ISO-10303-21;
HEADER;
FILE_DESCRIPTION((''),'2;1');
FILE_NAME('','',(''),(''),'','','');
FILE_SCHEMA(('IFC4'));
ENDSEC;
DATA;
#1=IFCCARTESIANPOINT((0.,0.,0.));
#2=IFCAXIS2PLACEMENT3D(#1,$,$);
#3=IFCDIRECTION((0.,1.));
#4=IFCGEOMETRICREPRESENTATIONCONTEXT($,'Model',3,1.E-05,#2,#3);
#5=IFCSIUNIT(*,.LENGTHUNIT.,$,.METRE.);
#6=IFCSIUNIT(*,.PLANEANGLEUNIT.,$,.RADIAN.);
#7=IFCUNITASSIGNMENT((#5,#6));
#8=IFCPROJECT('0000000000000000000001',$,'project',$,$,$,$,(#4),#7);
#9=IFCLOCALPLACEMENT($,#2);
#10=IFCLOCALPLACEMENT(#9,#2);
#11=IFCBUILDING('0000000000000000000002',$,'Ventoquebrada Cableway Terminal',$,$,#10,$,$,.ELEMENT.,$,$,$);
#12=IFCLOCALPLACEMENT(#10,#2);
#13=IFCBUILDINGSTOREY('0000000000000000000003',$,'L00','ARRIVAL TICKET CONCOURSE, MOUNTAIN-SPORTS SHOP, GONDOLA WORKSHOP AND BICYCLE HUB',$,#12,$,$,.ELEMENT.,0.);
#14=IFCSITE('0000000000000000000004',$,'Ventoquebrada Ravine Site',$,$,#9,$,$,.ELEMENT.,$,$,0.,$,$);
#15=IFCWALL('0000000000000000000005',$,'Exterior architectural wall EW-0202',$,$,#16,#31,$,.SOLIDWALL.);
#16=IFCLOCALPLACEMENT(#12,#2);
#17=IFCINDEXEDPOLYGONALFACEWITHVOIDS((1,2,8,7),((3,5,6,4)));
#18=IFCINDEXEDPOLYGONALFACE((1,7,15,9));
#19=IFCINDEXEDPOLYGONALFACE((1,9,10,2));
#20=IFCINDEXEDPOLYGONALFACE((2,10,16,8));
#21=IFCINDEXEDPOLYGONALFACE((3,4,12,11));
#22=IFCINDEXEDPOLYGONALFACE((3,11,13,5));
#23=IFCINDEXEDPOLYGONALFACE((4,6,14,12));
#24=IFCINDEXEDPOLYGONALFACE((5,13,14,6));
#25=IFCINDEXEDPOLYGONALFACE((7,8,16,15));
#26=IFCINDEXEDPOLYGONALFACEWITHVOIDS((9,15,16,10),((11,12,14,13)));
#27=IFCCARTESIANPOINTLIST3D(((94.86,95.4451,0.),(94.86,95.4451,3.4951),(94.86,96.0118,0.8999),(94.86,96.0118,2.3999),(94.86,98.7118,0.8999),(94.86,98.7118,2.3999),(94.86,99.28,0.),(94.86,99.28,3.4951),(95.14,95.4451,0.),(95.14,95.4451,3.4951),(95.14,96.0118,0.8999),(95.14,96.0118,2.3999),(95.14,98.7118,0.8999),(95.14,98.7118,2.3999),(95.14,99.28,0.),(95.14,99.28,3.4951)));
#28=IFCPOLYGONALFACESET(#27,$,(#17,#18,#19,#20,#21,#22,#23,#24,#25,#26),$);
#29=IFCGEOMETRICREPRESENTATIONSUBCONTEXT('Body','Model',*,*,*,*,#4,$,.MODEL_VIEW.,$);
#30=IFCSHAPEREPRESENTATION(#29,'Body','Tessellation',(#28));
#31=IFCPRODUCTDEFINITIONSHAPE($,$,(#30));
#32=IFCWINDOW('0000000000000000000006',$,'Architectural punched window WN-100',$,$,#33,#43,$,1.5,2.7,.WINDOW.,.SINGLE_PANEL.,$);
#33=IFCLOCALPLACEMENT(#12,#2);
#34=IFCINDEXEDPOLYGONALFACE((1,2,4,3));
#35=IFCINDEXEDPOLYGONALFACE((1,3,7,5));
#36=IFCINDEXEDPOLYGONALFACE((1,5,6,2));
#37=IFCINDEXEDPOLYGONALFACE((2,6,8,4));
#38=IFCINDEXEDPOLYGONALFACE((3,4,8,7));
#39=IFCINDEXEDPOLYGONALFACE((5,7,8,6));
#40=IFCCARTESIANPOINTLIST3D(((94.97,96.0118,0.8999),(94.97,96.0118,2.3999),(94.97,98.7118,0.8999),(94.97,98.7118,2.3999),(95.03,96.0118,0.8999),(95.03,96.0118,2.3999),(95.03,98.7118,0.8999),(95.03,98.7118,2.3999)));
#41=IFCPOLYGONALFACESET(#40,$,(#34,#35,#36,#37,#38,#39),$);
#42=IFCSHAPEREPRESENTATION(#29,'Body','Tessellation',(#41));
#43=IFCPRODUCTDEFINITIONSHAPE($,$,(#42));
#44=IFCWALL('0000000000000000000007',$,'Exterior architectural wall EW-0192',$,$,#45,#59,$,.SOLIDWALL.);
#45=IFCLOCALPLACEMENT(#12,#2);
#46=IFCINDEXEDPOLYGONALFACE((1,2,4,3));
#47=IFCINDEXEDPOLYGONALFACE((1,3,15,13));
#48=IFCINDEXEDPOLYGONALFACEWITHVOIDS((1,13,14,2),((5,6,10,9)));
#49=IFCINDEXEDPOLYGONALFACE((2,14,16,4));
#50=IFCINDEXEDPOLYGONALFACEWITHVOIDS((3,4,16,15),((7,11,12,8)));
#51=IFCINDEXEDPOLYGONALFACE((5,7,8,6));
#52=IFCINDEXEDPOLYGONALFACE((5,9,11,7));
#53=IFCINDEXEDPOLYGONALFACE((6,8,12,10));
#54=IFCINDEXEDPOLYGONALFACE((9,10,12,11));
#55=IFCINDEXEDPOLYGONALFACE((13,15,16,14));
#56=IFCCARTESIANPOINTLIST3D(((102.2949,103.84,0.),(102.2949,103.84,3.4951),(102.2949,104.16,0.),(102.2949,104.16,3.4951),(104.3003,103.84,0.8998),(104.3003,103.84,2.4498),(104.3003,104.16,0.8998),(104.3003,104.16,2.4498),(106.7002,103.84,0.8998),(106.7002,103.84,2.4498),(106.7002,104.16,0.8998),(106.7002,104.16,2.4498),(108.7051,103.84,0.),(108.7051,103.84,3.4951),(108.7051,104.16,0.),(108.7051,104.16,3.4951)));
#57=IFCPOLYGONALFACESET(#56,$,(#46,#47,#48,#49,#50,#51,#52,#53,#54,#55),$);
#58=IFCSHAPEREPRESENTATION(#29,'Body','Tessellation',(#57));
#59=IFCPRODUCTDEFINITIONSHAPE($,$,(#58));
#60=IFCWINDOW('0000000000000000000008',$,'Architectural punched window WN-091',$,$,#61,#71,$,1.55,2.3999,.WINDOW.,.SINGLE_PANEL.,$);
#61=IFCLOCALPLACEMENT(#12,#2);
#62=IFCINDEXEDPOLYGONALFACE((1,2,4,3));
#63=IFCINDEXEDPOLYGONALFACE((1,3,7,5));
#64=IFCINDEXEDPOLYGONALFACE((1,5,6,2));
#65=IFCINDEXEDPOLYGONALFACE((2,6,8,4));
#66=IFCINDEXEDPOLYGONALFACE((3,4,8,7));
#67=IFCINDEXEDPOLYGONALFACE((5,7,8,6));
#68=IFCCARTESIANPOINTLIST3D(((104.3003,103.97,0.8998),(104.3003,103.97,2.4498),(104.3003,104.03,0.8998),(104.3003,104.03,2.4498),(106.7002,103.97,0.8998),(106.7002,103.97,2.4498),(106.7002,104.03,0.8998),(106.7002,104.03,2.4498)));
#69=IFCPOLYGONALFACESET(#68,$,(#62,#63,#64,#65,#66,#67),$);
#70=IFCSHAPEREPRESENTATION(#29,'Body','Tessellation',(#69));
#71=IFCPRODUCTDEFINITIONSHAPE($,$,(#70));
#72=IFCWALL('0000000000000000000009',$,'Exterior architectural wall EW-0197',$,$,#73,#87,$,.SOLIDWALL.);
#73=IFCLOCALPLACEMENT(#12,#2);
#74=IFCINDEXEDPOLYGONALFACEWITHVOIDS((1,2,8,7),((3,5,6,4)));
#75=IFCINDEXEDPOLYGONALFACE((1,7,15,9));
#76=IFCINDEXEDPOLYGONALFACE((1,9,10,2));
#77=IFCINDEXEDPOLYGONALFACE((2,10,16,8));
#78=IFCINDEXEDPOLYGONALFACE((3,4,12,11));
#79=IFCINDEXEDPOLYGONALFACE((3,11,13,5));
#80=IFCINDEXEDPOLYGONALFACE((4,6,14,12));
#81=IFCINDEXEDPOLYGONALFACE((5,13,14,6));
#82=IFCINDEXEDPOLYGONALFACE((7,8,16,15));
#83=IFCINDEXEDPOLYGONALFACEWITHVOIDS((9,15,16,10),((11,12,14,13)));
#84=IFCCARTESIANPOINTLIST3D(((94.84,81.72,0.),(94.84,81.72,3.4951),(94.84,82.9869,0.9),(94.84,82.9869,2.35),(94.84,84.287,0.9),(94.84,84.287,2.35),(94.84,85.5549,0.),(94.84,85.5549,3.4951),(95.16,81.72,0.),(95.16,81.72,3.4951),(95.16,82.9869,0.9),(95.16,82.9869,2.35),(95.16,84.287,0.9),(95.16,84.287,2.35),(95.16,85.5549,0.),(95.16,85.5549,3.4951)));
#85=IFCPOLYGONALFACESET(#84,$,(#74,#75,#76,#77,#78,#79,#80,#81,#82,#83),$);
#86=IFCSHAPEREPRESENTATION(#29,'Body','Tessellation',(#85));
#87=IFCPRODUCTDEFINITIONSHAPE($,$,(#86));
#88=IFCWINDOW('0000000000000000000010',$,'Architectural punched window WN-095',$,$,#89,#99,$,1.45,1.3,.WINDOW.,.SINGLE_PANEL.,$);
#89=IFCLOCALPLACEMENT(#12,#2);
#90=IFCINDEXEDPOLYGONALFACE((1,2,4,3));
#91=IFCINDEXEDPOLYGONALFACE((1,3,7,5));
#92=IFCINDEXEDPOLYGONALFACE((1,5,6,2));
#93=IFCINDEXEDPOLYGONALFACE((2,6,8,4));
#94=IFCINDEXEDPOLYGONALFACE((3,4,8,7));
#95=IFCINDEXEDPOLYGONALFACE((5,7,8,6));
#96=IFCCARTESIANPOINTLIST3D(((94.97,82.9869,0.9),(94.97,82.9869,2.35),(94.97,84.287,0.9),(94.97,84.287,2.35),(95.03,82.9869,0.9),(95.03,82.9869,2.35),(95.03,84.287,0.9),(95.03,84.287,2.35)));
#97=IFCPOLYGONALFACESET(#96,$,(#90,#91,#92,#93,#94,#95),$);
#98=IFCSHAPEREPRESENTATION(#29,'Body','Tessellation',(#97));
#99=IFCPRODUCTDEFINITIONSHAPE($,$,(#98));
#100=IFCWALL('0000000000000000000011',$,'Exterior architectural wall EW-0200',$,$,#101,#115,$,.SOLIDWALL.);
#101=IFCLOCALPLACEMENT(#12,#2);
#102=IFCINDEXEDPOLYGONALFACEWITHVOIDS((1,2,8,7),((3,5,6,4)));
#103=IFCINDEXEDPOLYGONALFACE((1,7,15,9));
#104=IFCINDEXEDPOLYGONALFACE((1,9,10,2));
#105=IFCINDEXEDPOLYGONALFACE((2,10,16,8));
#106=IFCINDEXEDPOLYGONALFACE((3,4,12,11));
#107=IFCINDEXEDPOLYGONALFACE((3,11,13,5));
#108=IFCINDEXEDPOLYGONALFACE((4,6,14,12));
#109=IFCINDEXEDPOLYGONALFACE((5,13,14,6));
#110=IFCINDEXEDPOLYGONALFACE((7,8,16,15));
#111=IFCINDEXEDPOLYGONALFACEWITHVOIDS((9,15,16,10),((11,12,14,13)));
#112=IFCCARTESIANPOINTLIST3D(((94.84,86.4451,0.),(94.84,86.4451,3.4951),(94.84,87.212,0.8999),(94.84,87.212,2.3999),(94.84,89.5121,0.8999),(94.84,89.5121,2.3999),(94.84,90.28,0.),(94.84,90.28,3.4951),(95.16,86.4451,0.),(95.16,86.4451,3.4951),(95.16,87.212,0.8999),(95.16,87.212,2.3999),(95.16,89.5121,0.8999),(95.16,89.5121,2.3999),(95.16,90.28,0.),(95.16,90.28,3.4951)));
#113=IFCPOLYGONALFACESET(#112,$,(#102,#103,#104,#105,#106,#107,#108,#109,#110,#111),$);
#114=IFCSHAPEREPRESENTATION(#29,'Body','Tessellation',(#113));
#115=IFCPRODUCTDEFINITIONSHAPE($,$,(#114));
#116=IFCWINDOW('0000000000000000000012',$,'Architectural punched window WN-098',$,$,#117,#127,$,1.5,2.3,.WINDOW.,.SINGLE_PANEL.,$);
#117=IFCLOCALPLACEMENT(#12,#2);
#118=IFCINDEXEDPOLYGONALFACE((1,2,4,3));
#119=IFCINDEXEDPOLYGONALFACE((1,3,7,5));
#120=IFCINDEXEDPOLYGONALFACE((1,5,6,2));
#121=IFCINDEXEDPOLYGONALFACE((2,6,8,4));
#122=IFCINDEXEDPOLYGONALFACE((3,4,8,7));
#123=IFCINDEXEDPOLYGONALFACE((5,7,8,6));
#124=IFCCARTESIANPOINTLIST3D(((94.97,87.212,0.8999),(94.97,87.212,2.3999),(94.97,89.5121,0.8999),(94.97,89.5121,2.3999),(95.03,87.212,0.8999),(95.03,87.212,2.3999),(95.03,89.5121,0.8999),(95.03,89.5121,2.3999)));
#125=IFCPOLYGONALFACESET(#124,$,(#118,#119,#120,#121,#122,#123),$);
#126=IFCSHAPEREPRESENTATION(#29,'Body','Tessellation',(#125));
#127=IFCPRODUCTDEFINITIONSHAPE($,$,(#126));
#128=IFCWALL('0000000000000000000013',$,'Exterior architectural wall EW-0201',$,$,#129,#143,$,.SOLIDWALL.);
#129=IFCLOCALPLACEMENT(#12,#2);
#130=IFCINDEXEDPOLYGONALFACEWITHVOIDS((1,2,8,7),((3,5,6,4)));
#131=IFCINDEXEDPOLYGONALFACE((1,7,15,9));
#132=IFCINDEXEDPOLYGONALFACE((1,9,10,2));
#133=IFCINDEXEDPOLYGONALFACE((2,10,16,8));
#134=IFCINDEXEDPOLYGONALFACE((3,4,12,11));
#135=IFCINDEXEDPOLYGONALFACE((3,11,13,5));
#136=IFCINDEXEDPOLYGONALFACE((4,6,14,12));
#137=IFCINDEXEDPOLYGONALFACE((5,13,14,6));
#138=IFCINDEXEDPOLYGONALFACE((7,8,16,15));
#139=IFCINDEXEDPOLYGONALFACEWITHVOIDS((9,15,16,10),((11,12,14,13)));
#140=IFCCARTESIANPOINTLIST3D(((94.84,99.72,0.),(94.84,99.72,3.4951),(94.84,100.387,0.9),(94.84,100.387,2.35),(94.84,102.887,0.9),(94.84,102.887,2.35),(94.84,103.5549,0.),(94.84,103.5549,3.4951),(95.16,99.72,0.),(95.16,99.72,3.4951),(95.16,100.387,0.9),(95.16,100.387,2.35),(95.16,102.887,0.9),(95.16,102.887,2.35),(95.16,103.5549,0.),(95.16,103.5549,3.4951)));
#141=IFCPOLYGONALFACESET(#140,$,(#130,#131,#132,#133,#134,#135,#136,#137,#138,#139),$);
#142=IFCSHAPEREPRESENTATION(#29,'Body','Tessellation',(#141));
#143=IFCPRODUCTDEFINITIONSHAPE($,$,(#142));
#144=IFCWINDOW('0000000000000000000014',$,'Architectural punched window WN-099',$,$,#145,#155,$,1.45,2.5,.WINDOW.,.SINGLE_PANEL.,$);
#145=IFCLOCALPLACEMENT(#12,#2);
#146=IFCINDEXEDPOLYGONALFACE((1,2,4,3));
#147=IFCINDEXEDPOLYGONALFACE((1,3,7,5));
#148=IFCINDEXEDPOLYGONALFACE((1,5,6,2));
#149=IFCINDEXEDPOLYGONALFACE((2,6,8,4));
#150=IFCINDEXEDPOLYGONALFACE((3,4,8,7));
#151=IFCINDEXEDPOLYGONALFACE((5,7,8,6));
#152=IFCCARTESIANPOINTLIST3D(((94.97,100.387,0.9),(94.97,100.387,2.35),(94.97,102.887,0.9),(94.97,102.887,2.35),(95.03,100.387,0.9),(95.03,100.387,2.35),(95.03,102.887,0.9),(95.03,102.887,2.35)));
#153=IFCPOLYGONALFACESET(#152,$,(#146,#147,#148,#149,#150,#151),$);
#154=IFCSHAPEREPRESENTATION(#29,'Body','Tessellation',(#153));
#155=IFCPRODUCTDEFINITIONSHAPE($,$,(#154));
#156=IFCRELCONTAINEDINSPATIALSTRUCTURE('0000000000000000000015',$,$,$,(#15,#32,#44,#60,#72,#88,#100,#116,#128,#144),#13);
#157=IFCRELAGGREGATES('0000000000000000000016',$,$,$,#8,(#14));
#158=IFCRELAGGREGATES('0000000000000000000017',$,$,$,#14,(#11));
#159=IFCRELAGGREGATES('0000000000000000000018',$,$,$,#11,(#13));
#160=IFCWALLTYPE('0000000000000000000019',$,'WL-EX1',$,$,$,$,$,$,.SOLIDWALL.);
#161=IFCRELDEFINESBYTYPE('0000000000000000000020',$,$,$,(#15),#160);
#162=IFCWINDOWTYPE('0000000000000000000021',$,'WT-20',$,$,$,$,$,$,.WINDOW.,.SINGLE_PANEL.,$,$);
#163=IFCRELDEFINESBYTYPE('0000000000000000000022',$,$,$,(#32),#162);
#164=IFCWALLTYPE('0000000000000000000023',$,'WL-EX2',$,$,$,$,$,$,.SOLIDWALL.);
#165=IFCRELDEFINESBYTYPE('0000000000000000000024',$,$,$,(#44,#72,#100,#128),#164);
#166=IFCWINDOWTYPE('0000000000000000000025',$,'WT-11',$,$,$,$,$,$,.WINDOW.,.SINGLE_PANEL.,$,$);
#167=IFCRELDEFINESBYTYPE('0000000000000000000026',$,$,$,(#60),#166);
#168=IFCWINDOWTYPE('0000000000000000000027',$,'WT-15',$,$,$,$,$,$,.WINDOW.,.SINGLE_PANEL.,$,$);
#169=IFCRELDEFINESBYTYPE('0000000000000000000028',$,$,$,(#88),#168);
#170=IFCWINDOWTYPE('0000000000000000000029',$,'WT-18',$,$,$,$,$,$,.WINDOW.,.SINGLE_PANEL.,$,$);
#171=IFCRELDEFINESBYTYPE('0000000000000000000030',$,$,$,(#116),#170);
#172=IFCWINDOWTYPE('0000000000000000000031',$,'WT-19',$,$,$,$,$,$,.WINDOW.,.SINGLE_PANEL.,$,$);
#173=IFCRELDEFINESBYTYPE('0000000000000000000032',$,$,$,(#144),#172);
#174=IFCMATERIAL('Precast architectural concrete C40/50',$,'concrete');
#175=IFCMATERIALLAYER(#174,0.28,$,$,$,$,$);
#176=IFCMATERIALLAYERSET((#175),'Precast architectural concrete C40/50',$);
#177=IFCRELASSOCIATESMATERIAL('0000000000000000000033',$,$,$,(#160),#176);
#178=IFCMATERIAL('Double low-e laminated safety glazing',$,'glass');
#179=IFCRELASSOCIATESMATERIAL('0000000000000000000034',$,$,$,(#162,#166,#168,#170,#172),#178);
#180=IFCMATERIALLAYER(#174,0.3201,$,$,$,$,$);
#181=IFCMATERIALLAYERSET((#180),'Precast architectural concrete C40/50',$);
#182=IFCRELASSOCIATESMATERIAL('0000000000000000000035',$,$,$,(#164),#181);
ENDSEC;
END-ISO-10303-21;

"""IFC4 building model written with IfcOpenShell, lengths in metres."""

from ifc_helpers import new_model, si_unit, direction, frame, frame_2d, origin, place, context, subcontext, project, spatial, rectangle, extrude, material, layer, layer_set, type_object, element, fill, save


model = new_model("IFC4")

# Units and contexts
model_context = context("Model", 3, precision=1e-05, world=origin(), true_north=direction((0.0, 1.0)))
body_context = subcontext(model_context, "Body", "Model", "MODEL_VIEW")
ifc_project = project(units=[si_unit("LENGTHUNIT", "METRE"), si_unit("PLANEANGLEUNIT", "RADIAN")], contexts=[model_context])

# Site, building, storey
site_placement = place(None, origin())
site = spatial("IfcSite", under=ifc_project, at=site_placement, Name="Ventoquebrada Ravine Site", CompositionType="ELEMENT", RefElevation=0.0)
building_placement = place(site_placement, origin())
building = spatial("IfcBuilding", under=site, at=building_placement, Name="Ventoquebrada Cableway Terminal", CompositionType="ELEMENT")
storey_placement = place(building_placement, origin())
storey = spatial("IfcBuildingStorey", under=building, at=storey_placement, Name="L00", Description="ARRIVAL TICKET CONCOURSE, MOUNTAIN-SPORTS SHOP, GONDOLA WORKSHOP AND BICYCLE HUB", CompositionType="ELEMENT", Elevation=0.0)

# Shared definitions
ifc_material_1 = material(Name="Precast architectural concrete C40/50", Category="concrete")
ifc_layer_1 = layer(ifc_material_1, 0.28)
ifc_layer_set_1 = layer_set([ifc_layer_1], Name="Precast architectural concrete C40/50")
wall_type_1 = type_object("IfcWallType", Name="WL-EX1", PredefinedType="SOLIDWALL", material=ifc_layer_set_1)

# Walls, openings, windows
ifc_material_2 = material(Name="Double low-e laminated safety glazing", Category="glass")
wall_1_placement = place(storey_placement, frame((95.0, 99.28, 0.0), z_axis=(0.0, 0.0, 1.0), x_axis=(0.0, -1.0, 0.0)))
wall_1 = element("IfcWall", 1, at=wall_1_placement, inside=storey, type_object=wall_type_1, Name="Exterior architectural wall EW-0202", PredefinedType="SOLIDWALL", context=body_context, shape_type="SweptSolid", body=[
    extrude(rectangle(XDim=3.835, YDim=0.28, at=frame_2d((1.9175, 0.0))), origin(), (0.0, 0.0, 1.0), 3.4951),
])
opening_1_placement = place(wall_1_placement, frame((0.5681, 0.0, 0.8999)))
opening_1 = element("IfcOpeningElement", 2, at=opening_1_placement, cuts=wall_1, PredefinedType="OPENING", context=body_context, shape_type="SweptSolid", body=[
    extrude(rectangle(XDim=2.7, YDim=1.5, at=frame_2d((1.3501, 0.75))), frame((0.0, 0.1499, 0.0), z_axis=(0.0, -1.0, 0.0), x_axis=(1.0, 0.0, 0.0)), (0.0, 0.0, 1.0), 0.3),
])
window_type_1 = type_object("IfcWindowType", Name="WT-20", PartitioningType="SINGLE_PANEL", PredefinedType="WINDOW", material=ifc_material_2)
window_1_placement = place(opening_1_placement, origin())
window_1 = element("IfcWindow", 3, at=window_1_placement, inside=storey, type_object=window_type_1, Name="Architectural punched window WN-100", OverallHeight=1.5, OverallWidth=2.7, PartitioningType="SINGLE_PANEL", PredefinedType="WINDOW", context=body_context, shape_type="SweptSolid", body=[
    extrude(rectangle(XDim=2.7, YDim=1.5, at=frame_2d((1.3501, 0.75))), frame((0.0, 0.03, 0.0), z_axis=(0.0, -1.0, 0.0), x_axis=(1.0, 0.0, 0.0)), (0.0, 0.0, 1.0), 0.0601),
])
fill(opening_1, window_1)
ifc_layer_2 = layer(ifc_material_1, 0.3201)
ifc_layer_set_2 = layer_set([ifc_layer_2], Name="Precast architectural concrete C40/50")
wall_type_2 = type_object("IfcWallType", Name="WL-EX2", PredefinedType="SOLIDWALL", material=ifc_layer_set_2)
wall_2_placement = place(storey_placement, frame((108.7051, 104.0, 0.0), z_axis=(0.0, 0.0, 1.0), x_axis=(-1.0, 0.0, 0.0)))
wall_2 = element("IfcWall", 4, at=wall_2_placement, inside=storey, type_object=wall_type_2, Name="Exterior architectural wall EW-0192", PredefinedType="SOLIDWALL", context=body_context, shape_type="SweptSolid", body=[
    extrude(rectangle(XDim=6.4102, YDim=0.3201, at=frame_2d((3.2051, 0.0))), origin(), (0.0, 0.0, 1.0), 3.4951),
])
opening_2_placement = place(wall_2_placement, frame((2.0049, 0.0, 0.8999)))
opening_2 = element("IfcOpeningElement", 5, at=opening_2_placement, cuts=wall_2, PredefinedType="OPENING", context=body_context, shape_type="SweptSolid", body=[
    extrude(rectangle(XDim=2.3999, YDim=1.55, at=frame_2d((1.2, 0.7749))), frame((0.0, 0.1699, 0.0), z_axis=(0.0, -1.0, 0.0), x_axis=(1.0, 0.0, 0.0)), (0.0, 0.0, 1.0), 0.3401),
])
window_type_2 = type_object("IfcWindowType", Name="WT-11", PartitioningType="SINGLE_PANEL", PredefinedType="WINDOW", material=ifc_material_2)
window_2_placement = place(opening_2_placement, origin())
window_2 = element("IfcWindow", 6, at=window_2_placement, inside=storey, type_object=window_type_2, Name="Architectural punched window WN-091", OverallHeight=1.55, OverallWidth=2.3999, PartitioningType="SINGLE_PANEL", PredefinedType="WINDOW", context=body_context, shape_type="SweptSolid", body=[
    extrude(rectangle(XDim=2.3999, YDim=1.55, at=frame_2d((1.2, 0.7749))), frame((0.0, 0.03, 0.0), z_axis=(0.0, -1.0, 0.0), x_axis=(1.0, 0.0, 0.0)), (0.0, 0.0, 1.0), 0.0601),
])
fill(opening_2, window_2)
wall_3_placement = place(storey_placement, frame((95.0, 85.5549, 0.0), z_axis=(0.0, 0.0, 1.0), x_axis=(0.0, -1.0, 0.0)))
wall_3 = element("IfcWall", 7, at=wall_3_placement, inside=storey, type_object=wall_type_2, Name="Exterior architectural wall EW-0197", PredefinedType="SOLIDWALL", context=body_context, shape_type="SweptSolid", body=[
    extrude(rectangle(XDim=3.835, YDim=0.3201, at=frame_2d((1.9175, 0.0))), origin(), (0.0, 0.0, 1.0), 3.4951),
])
opening_3_placement = place(wall_3_placement, frame((1.2681, 0.0, 0.8999)))
opening_3 = element("IfcOpeningElement", 8, at=opening_3_placement, cuts=wall_3, PredefinedType="OPENING", context=body_context, shape_type="SweptSolid", body=[
    extrude(rectangle(XDim=1.3, YDim=1.45, at=frame_2d((0.6499, 0.7251))), frame((0.0, 0.1699, 0.0), z_axis=(0.0, -1.0, 0.0), x_axis=(1.0, 0.0, 0.0)), (0.0, 0.0, 1.0), 0.3401),
])
window_type_3 = type_object("IfcWindowType", Name="WT-15", PartitioningType="SINGLE_PANEL", PredefinedType="WINDOW", material=ifc_material_2)
window_3_placement = place(opening_3_placement, origin())
window_3 = element("IfcWindow", 9, at=window_3_placement, inside=storey, type_object=window_type_3, Name="Architectural punched window WN-095", OverallHeight=1.45, OverallWidth=1.3, PartitioningType="SINGLE_PANEL", PredefinedType="WINDOW", context=body_context, shape_type="SweptSolid", body=[
    extrude(rectangle(XDim=1.3, YDim=1.45, at=frame_2d((0.6499, 0.7251))), frame((0.0, 0.03, 0.0), z_axis=(0.0, -1.0, 0.0), x_axis=(1.0, 0.0, 0.0)), (0.0, 0.0, 1.0), 0.0601),
])
fill(opening_3, window_3)
wall_4_placement = place(storey_placement, frame((95.0, 90.28, 0.0), z_axis=(0.0, 0.0, 1.0), x_axis=(0.0, -1.0, 0.0)))
wall_4 = element("IfcWall", 10, at=wall_4_placement, inside=storey, type_object=wall_type_2, Name="Exterior architectural wall EW-0200", PredefinedType="SOLIDWALL", context=body_context, shape_type="SweptSolid", body=[
    extrude(rectangle(XDim=3.835, YDim=0.3201, at=frame_2d((1.9175, 0.0))), origin(), (0.0, 0.0, 1.0), 3.4951),
])
opening_4_placement = place(wall_4_placement, frame((0.7681, 0.0, 0.8999)))
opening_4 = element("IfcOpeningElement", 11, at=opening_4_placement, cuts=wall_4, PredefinedType="OPENING", context=body_context, shape_type="SweptSolid", body=[
    extrude(rectangle(XDim=2.3, YDim=1.5, at=frame_2d((1.1499, 0.75))), frame((0.0, 0.1699, 0.0), z_axis=(0.0, -1.0, 0.0), x_axis=(1.0, 0.0, 0.0)), (0.0, 0.0, 1.0), 0.3401),
])
window_type_4 = type_object("IfcWindowType", Name="WT-18", PartitioningType="SINGLE_PANEL", PredefinedType="WINDOW", material=ifc_material_2)
window_4_placement = place(opening_4_placement, origin())
window_4 = element("IfcWindow", 12, at=window_4_placement, inside=storey, type_object=window_type_4, Name="Architectural punched window WN-098", OverallHeight=1.5, OverallWidth=2.3, PartitioningType="SINGLE_PANEL", PredefinedType="WINDOW", context=body_context, shape_type="SweptSolid", body=[
    extrude(rectangle(XDim=2.3, YDim=1.5, at=frame_2d((1.1499, 0.75))), frame((0.0, 0.03, 0.0), z_axis=(0.0, -1.0, 0.0), x_axis=(1.0, 0.0, 0.0)), (0.0, 0.0, 1.0), 0.0601),
])
fill(opening_4, window_4)
wall_5_placement = place(storey_placement, frame((95.0, 103.5549, 0.0), z_axis=(0.0, 0.0, 1.0), x_axis=(0.0, -1.0, 0.0)))
wall_5 = element("IfcWall", 13, at=wall_5_placement, inside=storey, type_object=wall_type_2, Name="Exterior architectural wall EW-0201", PredefinedType="SOLIDWALL", context=body_context, shape_type="SweptSolid", body=[
    extrude(rectangle(XDim=3.835, YDim=0.3201, at=frame_2d((1.9175, 0.0))), origin(), (0.0, 0.0, 1.0), 3.4951),
])
opening_5_placement = place(wall_5_placement, frame((0.668, 0.0, 0.8999)))
opening_5 = element("IfcOpeningElement", 14, at=opening_5_placement, cuts=wall_5, PredefinedType="OPENING", context=body_context, shape_type="SweptSolid", body=[
    extrude(rectangle(XDim=2.5, YDim=1.45, at=frame_2d((1.25, 0.7251))), frame((0.0, 0.1699, 0.0), z_axis=(0.0, -1.0, 0.0), x_axis=(1.0, 0.0, 0.0)), (0.0, 0.0, 1.0), 0.3401),
])
window_type_5 = type_object("IfcWindowType", Name="WT-19", PartitioningType="SINGLE_PANEL", PredefinedType="WINDOW", material=ifc_material_2)
window_5_placement = place(opening_5_placement, origin())
window_5 = element("IfcWindow", 15, at=window_5_placement, inside=storey, type_object=window_type_5, Name="Architectural punched window WN-099", OverallHeight=1.45, OverallWidth=2.5, PartitioningType="SINGLE_PANEL", PredefinedType="WINDOW", context=body_context, shape_type="SweptSolid", body=[
    extrude(rectangle(XDim=2.5, YDim=1.45, at=frame_2d((1.25, 0.7251))), frame((0.0, 0.03, 0.0), z_axis=(0.0, -1.0, 0.0), x_axis=(1.0, 0.0, 0.0)), (0.0, 0.0, 1.0), 0.0601),
])
fill(opening_5, window_5)

save(model, "model.ifc")
